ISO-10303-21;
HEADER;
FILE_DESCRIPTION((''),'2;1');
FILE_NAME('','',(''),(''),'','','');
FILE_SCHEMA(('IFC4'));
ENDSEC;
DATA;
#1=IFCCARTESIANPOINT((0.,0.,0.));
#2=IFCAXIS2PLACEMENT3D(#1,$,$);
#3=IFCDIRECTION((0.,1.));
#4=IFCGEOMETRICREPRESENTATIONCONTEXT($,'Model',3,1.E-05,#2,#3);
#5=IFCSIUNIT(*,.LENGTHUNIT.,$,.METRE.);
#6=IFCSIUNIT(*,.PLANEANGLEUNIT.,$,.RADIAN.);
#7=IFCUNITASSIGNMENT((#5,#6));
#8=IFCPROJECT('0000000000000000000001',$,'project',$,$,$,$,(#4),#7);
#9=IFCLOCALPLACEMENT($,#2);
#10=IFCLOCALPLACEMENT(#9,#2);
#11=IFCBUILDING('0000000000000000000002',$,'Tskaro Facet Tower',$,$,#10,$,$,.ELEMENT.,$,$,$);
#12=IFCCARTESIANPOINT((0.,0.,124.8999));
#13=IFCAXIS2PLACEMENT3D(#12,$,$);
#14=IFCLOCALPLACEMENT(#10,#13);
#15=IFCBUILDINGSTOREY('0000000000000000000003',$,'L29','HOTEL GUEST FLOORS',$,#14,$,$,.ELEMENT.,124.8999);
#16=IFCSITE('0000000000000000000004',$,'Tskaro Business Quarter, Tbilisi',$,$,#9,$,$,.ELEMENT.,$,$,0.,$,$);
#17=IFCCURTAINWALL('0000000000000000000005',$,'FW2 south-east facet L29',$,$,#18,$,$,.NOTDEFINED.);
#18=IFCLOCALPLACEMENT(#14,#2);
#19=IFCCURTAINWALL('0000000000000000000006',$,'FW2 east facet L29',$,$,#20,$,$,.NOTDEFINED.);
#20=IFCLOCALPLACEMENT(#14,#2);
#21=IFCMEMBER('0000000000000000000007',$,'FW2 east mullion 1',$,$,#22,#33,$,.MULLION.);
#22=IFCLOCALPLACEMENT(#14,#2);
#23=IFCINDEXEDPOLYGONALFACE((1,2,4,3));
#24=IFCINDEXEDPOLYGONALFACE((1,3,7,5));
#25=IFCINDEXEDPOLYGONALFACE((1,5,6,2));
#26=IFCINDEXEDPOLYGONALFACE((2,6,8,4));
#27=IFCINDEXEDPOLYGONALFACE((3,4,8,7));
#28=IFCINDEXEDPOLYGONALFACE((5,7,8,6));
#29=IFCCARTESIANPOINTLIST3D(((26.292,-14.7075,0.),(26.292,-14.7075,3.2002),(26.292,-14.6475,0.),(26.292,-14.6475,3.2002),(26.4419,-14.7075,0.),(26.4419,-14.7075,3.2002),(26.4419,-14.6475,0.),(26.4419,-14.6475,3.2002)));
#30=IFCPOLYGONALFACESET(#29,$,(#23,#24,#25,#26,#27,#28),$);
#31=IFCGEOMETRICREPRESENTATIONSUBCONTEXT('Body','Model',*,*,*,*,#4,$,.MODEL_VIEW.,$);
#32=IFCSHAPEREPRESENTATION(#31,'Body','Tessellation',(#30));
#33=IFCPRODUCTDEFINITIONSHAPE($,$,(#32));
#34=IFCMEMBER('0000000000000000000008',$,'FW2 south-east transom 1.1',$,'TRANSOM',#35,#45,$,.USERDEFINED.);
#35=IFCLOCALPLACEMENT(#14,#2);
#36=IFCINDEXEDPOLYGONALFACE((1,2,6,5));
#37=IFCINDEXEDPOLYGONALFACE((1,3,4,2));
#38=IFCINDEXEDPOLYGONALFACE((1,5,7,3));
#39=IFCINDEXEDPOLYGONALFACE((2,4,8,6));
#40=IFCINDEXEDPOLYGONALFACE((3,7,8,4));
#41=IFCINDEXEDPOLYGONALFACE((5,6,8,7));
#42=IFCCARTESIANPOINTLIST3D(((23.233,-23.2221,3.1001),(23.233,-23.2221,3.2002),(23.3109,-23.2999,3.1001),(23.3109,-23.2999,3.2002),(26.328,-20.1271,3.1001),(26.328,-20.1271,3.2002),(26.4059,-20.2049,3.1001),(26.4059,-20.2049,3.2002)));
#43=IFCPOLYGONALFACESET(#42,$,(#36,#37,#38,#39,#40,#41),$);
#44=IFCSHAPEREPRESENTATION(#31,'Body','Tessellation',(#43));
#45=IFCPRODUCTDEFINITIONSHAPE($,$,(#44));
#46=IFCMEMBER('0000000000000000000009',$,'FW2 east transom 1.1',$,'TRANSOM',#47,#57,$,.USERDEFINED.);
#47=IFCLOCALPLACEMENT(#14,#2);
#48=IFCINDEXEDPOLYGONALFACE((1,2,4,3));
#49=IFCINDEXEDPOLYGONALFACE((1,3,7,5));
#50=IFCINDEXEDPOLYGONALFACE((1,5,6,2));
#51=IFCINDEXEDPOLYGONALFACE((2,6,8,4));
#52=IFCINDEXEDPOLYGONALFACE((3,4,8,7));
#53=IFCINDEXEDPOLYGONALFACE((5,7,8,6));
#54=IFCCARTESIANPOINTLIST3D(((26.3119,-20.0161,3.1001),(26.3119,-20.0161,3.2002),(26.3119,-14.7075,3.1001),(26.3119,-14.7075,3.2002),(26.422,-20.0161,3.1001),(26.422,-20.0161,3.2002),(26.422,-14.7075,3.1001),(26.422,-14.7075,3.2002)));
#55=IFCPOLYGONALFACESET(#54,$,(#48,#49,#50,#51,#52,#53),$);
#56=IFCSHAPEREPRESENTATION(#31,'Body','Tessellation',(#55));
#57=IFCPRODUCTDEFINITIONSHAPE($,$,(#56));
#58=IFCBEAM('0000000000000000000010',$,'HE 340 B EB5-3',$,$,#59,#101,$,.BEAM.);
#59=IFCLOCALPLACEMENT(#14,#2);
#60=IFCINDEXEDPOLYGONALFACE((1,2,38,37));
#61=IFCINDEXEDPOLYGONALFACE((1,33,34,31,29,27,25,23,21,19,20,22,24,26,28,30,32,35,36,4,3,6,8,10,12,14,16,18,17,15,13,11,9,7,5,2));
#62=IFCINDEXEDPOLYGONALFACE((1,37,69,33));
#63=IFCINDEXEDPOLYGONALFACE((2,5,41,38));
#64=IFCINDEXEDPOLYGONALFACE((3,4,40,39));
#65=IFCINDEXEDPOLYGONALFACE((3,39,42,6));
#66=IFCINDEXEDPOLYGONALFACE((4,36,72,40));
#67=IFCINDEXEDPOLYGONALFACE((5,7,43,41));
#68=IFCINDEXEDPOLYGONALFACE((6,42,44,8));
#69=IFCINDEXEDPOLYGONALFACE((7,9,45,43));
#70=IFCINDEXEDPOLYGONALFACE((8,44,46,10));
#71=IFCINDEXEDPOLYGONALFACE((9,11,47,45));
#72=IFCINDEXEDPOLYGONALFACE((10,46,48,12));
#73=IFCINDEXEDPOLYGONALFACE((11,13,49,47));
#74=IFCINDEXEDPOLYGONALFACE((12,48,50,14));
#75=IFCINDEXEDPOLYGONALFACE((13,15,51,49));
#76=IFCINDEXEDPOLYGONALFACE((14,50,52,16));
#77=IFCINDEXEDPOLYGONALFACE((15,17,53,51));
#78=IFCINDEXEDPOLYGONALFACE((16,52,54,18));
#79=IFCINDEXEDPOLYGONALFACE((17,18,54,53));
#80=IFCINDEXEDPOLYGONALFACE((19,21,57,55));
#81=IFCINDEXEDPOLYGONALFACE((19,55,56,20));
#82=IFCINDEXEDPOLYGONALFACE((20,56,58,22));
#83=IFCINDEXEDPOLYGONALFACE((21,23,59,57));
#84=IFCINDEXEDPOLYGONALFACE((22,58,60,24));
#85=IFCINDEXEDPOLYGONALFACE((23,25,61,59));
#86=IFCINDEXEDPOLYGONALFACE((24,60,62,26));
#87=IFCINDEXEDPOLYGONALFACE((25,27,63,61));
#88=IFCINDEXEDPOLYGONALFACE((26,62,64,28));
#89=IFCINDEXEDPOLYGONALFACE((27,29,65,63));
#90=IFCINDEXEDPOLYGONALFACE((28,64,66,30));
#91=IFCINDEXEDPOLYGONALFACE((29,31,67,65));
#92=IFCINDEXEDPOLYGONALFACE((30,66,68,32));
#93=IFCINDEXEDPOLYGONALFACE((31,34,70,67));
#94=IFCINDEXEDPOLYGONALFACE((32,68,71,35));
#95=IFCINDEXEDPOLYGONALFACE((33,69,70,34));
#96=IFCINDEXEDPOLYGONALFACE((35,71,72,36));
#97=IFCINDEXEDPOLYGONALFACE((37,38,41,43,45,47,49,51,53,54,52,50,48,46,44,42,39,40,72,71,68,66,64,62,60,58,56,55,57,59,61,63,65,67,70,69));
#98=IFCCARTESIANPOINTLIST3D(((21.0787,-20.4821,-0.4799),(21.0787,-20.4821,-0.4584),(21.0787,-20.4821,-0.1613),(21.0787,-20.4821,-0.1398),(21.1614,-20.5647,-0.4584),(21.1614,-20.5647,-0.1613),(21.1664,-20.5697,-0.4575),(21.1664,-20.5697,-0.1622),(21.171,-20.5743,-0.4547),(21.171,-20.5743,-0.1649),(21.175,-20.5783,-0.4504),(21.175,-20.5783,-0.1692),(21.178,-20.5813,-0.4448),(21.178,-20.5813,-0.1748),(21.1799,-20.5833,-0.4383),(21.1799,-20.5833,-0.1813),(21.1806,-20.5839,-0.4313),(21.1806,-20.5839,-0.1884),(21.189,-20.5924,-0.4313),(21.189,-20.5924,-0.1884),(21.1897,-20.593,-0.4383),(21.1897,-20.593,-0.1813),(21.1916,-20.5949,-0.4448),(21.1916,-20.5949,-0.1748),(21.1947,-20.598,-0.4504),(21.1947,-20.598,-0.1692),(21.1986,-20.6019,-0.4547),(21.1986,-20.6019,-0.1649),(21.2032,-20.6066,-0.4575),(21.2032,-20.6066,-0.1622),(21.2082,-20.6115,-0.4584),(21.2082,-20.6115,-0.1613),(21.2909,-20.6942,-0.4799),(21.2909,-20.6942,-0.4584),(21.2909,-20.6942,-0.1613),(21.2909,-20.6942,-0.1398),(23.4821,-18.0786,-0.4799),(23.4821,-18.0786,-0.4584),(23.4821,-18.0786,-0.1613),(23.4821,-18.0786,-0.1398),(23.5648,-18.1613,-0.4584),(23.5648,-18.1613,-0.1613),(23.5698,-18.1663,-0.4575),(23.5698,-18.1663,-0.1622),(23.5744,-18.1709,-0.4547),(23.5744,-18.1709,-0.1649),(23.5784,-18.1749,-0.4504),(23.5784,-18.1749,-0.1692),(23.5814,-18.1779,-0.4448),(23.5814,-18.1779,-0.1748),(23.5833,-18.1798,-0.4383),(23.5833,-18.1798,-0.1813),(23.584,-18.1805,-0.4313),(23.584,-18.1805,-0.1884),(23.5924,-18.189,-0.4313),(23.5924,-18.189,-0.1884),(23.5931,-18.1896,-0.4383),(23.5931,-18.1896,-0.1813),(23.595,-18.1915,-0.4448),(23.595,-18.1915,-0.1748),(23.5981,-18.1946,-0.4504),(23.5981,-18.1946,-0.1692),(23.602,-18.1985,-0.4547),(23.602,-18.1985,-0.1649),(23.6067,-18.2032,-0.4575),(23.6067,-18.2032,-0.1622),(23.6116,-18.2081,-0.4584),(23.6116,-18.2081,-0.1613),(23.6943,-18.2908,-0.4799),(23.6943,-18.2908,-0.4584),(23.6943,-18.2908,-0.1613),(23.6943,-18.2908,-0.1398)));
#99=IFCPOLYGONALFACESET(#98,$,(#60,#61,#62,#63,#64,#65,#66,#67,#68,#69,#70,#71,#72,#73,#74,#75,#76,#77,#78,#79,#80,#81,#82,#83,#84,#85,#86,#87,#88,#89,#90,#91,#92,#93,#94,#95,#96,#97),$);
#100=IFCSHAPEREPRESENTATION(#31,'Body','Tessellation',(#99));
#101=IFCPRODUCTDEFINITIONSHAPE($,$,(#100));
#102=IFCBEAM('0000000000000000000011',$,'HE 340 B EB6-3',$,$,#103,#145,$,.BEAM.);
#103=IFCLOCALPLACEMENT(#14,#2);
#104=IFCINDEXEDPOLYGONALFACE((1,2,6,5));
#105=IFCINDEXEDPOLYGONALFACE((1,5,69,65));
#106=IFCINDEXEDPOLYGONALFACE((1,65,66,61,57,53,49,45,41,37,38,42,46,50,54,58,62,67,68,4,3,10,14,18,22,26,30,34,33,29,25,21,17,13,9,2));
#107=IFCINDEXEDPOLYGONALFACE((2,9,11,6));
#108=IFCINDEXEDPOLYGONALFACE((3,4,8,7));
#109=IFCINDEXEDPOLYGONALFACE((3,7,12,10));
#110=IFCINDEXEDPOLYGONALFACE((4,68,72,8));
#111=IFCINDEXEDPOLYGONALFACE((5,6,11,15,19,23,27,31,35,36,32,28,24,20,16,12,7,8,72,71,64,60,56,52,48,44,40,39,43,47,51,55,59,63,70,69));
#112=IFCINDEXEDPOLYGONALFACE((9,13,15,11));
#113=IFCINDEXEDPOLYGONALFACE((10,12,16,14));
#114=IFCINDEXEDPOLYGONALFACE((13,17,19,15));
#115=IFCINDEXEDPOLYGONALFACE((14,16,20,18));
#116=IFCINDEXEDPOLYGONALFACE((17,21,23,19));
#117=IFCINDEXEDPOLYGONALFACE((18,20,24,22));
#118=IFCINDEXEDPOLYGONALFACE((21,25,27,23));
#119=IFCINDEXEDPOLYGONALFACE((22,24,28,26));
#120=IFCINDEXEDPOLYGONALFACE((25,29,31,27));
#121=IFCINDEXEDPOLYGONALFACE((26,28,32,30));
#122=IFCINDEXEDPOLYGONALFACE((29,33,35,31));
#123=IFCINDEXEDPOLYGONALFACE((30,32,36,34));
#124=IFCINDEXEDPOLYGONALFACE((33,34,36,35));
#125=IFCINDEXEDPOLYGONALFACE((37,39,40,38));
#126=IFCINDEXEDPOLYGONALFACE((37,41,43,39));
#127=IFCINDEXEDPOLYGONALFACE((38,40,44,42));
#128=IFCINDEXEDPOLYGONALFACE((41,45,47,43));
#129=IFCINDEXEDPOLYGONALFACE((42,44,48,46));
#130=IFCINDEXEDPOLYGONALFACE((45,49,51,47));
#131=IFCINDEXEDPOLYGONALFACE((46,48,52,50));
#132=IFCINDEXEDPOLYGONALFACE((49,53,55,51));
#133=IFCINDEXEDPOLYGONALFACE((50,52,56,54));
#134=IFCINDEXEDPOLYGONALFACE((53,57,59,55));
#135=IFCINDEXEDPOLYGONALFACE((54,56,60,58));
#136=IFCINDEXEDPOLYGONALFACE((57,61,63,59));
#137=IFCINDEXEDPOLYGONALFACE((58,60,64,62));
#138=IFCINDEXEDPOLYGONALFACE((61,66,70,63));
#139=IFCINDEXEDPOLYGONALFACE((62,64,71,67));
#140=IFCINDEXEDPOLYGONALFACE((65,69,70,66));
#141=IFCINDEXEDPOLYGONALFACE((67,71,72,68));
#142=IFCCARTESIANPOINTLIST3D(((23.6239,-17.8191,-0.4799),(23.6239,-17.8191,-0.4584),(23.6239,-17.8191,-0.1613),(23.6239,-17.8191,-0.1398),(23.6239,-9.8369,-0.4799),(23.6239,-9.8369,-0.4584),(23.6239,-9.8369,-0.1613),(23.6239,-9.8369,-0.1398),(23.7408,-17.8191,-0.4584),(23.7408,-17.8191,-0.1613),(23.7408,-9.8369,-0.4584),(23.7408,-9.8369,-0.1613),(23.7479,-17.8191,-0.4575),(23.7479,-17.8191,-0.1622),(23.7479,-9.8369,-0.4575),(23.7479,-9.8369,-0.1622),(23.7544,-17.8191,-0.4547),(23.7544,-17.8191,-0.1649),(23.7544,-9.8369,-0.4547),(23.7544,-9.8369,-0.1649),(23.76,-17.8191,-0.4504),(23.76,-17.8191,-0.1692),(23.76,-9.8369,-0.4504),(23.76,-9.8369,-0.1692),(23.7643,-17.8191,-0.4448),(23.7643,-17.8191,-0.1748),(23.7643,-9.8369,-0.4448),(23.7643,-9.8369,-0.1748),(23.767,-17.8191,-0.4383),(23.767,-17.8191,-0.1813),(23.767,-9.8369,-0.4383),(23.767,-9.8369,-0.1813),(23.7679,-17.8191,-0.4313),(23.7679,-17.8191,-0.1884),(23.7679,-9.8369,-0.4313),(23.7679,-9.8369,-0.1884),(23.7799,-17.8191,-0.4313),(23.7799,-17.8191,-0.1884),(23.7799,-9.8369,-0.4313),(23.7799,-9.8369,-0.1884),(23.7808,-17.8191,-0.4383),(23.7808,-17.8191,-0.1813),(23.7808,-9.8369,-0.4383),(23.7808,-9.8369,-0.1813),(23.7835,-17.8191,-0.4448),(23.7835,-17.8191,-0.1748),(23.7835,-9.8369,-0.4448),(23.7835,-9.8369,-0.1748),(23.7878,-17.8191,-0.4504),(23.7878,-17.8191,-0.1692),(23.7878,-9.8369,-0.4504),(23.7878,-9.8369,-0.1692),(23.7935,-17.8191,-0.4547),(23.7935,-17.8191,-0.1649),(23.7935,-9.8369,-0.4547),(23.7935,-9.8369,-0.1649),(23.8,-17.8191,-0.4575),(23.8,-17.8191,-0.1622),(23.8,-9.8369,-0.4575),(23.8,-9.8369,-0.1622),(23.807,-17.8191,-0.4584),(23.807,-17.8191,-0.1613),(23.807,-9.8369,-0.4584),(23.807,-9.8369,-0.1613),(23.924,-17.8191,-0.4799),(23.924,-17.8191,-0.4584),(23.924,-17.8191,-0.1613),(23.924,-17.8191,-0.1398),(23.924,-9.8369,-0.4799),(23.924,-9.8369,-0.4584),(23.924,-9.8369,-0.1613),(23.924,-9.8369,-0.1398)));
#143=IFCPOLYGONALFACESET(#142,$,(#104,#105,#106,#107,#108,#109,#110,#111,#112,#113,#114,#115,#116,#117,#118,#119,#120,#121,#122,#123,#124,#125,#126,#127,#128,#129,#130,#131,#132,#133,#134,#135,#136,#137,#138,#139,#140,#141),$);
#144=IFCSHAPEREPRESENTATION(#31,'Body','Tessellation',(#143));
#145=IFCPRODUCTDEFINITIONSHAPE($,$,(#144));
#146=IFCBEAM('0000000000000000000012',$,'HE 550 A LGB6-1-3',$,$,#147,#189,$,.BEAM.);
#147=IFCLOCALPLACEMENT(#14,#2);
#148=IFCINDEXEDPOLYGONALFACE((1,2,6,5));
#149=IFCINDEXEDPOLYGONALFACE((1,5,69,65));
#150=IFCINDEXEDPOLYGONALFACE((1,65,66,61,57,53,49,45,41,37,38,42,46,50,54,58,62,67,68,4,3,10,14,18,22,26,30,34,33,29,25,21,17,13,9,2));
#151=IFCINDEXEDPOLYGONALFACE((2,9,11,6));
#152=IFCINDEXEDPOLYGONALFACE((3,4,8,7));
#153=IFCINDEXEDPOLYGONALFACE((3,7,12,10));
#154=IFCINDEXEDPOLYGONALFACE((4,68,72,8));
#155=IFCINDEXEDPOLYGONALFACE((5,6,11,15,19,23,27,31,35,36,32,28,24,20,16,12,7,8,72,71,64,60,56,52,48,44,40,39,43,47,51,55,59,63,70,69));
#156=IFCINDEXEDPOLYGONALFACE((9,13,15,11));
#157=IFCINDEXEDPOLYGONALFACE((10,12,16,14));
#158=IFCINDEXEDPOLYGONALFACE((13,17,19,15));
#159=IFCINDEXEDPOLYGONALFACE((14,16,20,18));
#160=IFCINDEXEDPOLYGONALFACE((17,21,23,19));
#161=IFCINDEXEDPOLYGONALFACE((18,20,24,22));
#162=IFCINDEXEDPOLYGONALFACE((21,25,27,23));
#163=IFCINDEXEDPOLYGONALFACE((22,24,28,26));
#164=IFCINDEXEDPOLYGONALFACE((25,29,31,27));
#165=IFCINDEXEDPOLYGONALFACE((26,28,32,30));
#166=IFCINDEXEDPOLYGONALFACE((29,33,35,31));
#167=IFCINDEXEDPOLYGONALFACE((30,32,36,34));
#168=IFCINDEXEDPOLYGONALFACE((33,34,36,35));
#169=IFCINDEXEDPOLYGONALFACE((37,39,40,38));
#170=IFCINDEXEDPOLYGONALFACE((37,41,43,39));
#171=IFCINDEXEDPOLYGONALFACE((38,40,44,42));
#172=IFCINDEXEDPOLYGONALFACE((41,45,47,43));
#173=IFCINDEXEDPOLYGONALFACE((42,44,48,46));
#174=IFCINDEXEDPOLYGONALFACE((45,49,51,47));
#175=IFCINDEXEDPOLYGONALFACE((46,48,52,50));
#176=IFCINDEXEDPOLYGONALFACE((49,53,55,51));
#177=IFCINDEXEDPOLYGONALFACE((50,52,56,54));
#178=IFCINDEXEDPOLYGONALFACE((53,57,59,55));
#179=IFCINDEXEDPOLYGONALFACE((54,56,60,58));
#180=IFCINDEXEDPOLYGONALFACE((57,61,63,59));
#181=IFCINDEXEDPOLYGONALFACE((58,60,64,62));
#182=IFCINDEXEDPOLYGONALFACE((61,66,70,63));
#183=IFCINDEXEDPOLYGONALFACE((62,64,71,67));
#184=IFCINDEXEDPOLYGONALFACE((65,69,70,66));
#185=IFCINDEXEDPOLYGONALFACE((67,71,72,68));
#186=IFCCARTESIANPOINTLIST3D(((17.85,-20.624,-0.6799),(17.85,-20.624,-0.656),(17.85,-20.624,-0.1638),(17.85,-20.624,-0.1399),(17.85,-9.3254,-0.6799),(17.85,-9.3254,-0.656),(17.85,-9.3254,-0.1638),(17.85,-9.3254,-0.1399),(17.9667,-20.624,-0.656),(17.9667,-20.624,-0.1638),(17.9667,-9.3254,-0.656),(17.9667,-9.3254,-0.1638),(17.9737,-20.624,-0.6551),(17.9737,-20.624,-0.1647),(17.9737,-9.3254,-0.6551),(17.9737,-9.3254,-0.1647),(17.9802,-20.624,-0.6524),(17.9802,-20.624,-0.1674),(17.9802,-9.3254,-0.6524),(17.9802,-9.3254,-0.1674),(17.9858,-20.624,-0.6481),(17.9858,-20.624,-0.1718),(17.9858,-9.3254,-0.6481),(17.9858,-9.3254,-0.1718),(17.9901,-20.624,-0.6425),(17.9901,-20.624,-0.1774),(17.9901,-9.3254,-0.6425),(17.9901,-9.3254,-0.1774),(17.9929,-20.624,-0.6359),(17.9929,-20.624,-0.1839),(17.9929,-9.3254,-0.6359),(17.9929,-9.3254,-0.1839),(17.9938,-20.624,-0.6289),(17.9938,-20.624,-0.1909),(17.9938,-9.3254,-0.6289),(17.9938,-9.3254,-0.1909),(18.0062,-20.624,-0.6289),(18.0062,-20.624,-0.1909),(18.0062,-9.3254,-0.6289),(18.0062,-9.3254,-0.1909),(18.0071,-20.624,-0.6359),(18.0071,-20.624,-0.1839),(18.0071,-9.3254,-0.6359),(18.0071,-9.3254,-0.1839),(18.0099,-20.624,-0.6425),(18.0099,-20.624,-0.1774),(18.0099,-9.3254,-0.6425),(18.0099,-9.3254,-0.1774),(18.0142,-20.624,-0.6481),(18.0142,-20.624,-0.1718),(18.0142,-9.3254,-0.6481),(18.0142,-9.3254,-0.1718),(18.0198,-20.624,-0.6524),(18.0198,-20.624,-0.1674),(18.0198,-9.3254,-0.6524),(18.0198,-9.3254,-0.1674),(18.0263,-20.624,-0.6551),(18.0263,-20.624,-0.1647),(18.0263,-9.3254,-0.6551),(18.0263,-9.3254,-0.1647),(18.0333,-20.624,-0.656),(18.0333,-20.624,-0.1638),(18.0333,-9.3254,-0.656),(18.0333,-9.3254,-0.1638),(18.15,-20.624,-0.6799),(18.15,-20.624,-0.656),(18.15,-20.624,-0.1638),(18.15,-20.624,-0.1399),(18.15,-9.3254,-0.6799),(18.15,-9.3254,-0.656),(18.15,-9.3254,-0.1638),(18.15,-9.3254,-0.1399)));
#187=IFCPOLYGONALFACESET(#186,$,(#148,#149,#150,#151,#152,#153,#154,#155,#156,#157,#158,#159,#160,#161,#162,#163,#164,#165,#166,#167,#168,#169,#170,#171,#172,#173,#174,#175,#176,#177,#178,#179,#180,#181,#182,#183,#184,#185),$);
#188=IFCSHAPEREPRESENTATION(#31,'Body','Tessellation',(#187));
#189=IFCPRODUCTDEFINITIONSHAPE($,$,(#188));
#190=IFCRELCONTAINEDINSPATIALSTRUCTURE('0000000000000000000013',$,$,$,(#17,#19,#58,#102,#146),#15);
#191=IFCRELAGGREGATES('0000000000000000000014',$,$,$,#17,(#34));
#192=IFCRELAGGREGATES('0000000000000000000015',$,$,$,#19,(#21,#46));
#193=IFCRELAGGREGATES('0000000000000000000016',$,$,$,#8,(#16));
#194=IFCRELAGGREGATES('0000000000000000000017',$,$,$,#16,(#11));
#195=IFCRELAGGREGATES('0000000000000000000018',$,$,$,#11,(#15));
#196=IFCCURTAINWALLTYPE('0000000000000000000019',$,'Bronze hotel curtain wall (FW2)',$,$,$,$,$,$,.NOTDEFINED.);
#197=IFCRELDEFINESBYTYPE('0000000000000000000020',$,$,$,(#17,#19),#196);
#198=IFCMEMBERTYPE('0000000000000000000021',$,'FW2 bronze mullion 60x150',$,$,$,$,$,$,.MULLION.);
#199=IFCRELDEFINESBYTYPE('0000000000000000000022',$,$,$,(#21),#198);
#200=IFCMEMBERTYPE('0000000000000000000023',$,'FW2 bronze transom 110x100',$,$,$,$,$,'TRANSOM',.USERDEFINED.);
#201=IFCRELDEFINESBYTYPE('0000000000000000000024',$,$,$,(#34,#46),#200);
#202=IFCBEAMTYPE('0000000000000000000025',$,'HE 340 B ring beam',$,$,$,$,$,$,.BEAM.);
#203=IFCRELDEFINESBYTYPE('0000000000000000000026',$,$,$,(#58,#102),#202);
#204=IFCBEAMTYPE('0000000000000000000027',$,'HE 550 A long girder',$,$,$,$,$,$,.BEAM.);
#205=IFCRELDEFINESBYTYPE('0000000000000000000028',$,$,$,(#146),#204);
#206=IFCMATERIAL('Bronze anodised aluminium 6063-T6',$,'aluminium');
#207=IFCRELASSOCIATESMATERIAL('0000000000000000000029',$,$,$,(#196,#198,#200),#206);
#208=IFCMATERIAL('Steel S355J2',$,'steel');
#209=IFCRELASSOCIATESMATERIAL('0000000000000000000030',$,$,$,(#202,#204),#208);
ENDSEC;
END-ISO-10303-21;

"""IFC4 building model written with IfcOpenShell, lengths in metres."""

from ifc_helpers import new_model, si_unit, direction, frame, origin, origin_2d, place, context, subcontext, project, spatial, rectangle, i_section, extrude, material, material_profile, profile_set, type_object, element, aggregate, save


model = new_model("IFC4")

# Units and contexts
model_context = context("Model", 3, precision=1e-05, world=origin(), true_north=direction((0.0, 1.0)))
body_context = subcontext(model_context, "Body", "Model", "MODEL_VIEW")
ifc_project = project(units=[si_unit("LENGTHUNIT", "METRE"), si_unit("PLANEANGLEUNIT", "RADIAN")], contexts=[model_context])

# Site, building, storey
site_placement = place(None, origin())
site = spatial("IfcSite", under=ifc_project, at=site_placement, Name="Tskaro Business Quarter, Tbilisi", CompositionType="ELEMENT", RefElevation=0.0)
building_placement = place(site_placement, origin())
building = spatial("IfcBuilding", under=site, at=building_placement, Name="Tskaro Facet Tower", CompositionType="ELEMENT")
storey_placement = place(building_placement, frame((0.0, 0.0, 124.8999)))
storey = spatial("IfcBuildingStorey", under=building, at=storey_placement, Name="L29", Description="HOTEL GUEST FLOORS", CompositionType="ELEMENT", Elevation=124.8999)

# Curtain wall
ifc_material_1 = material(Name="Bronze anodised aluminium 6063-T6", Category="aluminium")
curtain_wall_type = type_object("IfcCurtainWallType", Name="Bronze hotel curtain wall (FW2)", PredefinedType="NOTDEFINED", material=ifc_material_1)
curtain_wall_1_placement = place(storey_placement, origin())
curtain_wall_1 = element("IfcCurtainWall", 1, at=curtain_wall_1_placement, inside=storey, type_object=curtain_wall_type, Name="FW2 south-east facet L29", PredefinedType="NOTDEFINED")

# Curtain wall, member
curtain_wall_2_placement = place(storey_placement, origin())
curtain_wall_2 = element("IfcCurtainWall", 2, at=curtain_wall_2_placement, inside=storey, type_object=curtain_wall_type, Name="FW2 east facet L29", PredefinedType="NOTDEFINED")
ifc_material_profile_1 = material_profile(ifc_material_1, rectangle(XDim=0.0601, YDim=0.1499, at=origin_2d()), Name="Mullion 60x150")
ifc_profile_set_1 = profile_set([ifc_material_profile_1], Name="Bronze anodised aluminium 6063-T6")
member_type_1 = type_object("IfcMemberType", Name="FW2 bronze mullion 60x150", PredefinedType="MULLION", material=ifc_profile_set_1)
member_1_placement = place(storey_placement, frame((26.3669, -14.6775, 0.0), z_axis=(0.0, 0.0, 1.0), x_axis=(0.0, 1.0, 0.0)))
member_1 = element("IfcMember", 3, at=member_1_placement, type_object=member_type_1, Name="FW2 east mullion 1", PredefinedType="MULLION", context=body_context, shape_type="SweptSolid", body=[
    extrude(rectangle(XDim=0.0601, YDim=0.1499, at=origin_2d()), origin(), (0.0, 0.0, 1.0), 3.2002),
])

# Members
ifc_material_profile_2 = material_profile(ifc_material_1, rectangle(XDim=0.1101, YDim=0.1001, at=origin_2d()), Name="Transom 110x100")
ifc_profile_set_2 = profile_set([ifc_material_profile_2], Name="Bronze anodised aluminium 6063-T6")
member_type_2 = type_object("IfcMemberType", Name="FW2 bronze transom 110x100", ElementType="TRANSOM", PredefinedType="USERDEFINED", material=ifc_profile_set_2)
member_2_placement = place(storey_placement, frame((23.272, -23.261, 3.1501), z_axis=(0.707107, 0.707107, 0.0), x_axis=(-0.707107, 0.707107, 0.0)))
member_2 = element("IfcMember", 4, at=member_2_placement, type_object=member_type_2, Name="FW2 south-east transom 1.1", ObjectType="TRANSOM", PredefinedType="USERDEFINED", context=body_context, shape_type="SweptSolid", body=[
    extrude(rectangle(XDim=0.1101, YDim=0.1001, at=origin_2d()), origin(), (0.0, 0.0, 1.0), 4.377),
])
member_3_placement = place(storey_placement, frame((26.3669, -20.0161, 3.1501), z_axis=(0.0, 1.0, 0.0), x_axis=(-1.0, 0.0, 0.0)))
member_3 = element("IfcMember", 5, at=member_3_placement, type_object=member_type_2, Name="FW2 east transom 1.1", ObjectType="TRANSOM", PredefinedType="USERDEFINED", context=body_context, shape_type="SweptSolid", body=[
    extrude(rectangle(XDim=0.1101, YDim=0.1001, at=origin_2d()), origin(), (0.0, 0.0, 1.0), 5.3086),
])

# Beams
ifc_material_2 = material(Name="Steel S355J2", Category="steel")
ifc_material_profile_3 = material_profile(ifc_material_2, i_section(OverallWidth=0.3, OverallDepth=0.3401, WebThickness=0.012, FlangeThickness=0.0215, FilletRadius=0.0271, at=origin_2d()), Name="HE 340 B")
ifc_profile_set_3 = profile_set([ifc_material_profile_3], Name="Steel S355J2")
beam_type_1 = type_object("IfcBeamType", Name="HE 340 B ring beam", PredefinedType="BEAM", material=ifc_profile_set_3)
beam_1_placement = place(storey_placement, frame((21.1848, -20.5881, -0.3098), z_axis=(0.707107, 0.707107, 0.0), x_axis=(-0.707107, 0.707107, 0.0)))
element("IfcBeam", 6, at=beam_1_placement, inside=storey, type_object=beam_type_1, Name="HE 340 B EB5-3", PredefinedType="BEAM", context=body_context, shape_type="SweptSolid", body=[
    extrude(i_section(OverallWidth=0.3, OverallDepth=0.3401, WebThickness=0.012, FlangeThickness=0.0215, FilletRadius=0.0271, at=origin_2d()), origin(), (0.0, 0.0, 1.0), 3.3989),
])
beam_2_placement = place(storey_placement, frame((23.7739, -17.8191, -0.3098), z_axis=(0.0, 1.0, 0.0), x_axis=(-1.0, 0.0, 0.0)))
element("IfcBeam", 7, at=beam_2_placement, inside=storey, type_object=beam_type_1, Name="HE 340 B EB6-3", PredefinedType="BEAM", context=body_context, shape_type="SweptSolid", body=[
    extrude(i_section(OverallWidth=0.3, OverallDepth=0.3401, WebThickness=0.012, FlangeThickness=0.0215, FilletRadius=0.0271, at=origin_2d()), origin(), (0.0, 0.0, 1.0), 7.9822),
])
ifc_material_profile_4 = material_profile(ifc_material_2, i_section(OverallWidth=0.3, OverallDepth=0.54, WebThickness=0.0125, FlangeThickness=0.0239, FilletRadius=0.0271, at=origin_2d()), Name="HE 550 A")
ifc_profile_set_4 = profile_set([ifc_material_profile_4], Name="Steel S355J2")
beam_type_2 = type_object("IfcBeamType", Name="HE 550 A long girder", PredefinedType="BEAM", material=ifc_profile_set_4)
beam_3_placement = place(storey_placement, frame((18.0, -20.624, -0.4099), z_axis=(0.0, 1.0, 0.0), x_axis=(-1.0, 0.0, 0.0)))
element("IfcBeam", 8, at=beam_3_placement, inside=storey, type_object=beam_type_2, Name="HE 550 A LGB6-1-3", PredefinedType="BEAM", context=body_context, shape_type="SweptSolid", body=[
    extrude(i_section(OverallWidth=0.3, OverallDepth=0.54, WebThickness=0.0125, FlangeThickness=0.0239, FilletRadius=0.0271, at=origin_2d()), origin(), (0.0, 0.0, 1.0), 11.2986),
])

aggregate(curtain_wall_1, [member_2])
aggregate(curtain_wall_2, [member_1, member_3])

save(model, "model.ifc")
